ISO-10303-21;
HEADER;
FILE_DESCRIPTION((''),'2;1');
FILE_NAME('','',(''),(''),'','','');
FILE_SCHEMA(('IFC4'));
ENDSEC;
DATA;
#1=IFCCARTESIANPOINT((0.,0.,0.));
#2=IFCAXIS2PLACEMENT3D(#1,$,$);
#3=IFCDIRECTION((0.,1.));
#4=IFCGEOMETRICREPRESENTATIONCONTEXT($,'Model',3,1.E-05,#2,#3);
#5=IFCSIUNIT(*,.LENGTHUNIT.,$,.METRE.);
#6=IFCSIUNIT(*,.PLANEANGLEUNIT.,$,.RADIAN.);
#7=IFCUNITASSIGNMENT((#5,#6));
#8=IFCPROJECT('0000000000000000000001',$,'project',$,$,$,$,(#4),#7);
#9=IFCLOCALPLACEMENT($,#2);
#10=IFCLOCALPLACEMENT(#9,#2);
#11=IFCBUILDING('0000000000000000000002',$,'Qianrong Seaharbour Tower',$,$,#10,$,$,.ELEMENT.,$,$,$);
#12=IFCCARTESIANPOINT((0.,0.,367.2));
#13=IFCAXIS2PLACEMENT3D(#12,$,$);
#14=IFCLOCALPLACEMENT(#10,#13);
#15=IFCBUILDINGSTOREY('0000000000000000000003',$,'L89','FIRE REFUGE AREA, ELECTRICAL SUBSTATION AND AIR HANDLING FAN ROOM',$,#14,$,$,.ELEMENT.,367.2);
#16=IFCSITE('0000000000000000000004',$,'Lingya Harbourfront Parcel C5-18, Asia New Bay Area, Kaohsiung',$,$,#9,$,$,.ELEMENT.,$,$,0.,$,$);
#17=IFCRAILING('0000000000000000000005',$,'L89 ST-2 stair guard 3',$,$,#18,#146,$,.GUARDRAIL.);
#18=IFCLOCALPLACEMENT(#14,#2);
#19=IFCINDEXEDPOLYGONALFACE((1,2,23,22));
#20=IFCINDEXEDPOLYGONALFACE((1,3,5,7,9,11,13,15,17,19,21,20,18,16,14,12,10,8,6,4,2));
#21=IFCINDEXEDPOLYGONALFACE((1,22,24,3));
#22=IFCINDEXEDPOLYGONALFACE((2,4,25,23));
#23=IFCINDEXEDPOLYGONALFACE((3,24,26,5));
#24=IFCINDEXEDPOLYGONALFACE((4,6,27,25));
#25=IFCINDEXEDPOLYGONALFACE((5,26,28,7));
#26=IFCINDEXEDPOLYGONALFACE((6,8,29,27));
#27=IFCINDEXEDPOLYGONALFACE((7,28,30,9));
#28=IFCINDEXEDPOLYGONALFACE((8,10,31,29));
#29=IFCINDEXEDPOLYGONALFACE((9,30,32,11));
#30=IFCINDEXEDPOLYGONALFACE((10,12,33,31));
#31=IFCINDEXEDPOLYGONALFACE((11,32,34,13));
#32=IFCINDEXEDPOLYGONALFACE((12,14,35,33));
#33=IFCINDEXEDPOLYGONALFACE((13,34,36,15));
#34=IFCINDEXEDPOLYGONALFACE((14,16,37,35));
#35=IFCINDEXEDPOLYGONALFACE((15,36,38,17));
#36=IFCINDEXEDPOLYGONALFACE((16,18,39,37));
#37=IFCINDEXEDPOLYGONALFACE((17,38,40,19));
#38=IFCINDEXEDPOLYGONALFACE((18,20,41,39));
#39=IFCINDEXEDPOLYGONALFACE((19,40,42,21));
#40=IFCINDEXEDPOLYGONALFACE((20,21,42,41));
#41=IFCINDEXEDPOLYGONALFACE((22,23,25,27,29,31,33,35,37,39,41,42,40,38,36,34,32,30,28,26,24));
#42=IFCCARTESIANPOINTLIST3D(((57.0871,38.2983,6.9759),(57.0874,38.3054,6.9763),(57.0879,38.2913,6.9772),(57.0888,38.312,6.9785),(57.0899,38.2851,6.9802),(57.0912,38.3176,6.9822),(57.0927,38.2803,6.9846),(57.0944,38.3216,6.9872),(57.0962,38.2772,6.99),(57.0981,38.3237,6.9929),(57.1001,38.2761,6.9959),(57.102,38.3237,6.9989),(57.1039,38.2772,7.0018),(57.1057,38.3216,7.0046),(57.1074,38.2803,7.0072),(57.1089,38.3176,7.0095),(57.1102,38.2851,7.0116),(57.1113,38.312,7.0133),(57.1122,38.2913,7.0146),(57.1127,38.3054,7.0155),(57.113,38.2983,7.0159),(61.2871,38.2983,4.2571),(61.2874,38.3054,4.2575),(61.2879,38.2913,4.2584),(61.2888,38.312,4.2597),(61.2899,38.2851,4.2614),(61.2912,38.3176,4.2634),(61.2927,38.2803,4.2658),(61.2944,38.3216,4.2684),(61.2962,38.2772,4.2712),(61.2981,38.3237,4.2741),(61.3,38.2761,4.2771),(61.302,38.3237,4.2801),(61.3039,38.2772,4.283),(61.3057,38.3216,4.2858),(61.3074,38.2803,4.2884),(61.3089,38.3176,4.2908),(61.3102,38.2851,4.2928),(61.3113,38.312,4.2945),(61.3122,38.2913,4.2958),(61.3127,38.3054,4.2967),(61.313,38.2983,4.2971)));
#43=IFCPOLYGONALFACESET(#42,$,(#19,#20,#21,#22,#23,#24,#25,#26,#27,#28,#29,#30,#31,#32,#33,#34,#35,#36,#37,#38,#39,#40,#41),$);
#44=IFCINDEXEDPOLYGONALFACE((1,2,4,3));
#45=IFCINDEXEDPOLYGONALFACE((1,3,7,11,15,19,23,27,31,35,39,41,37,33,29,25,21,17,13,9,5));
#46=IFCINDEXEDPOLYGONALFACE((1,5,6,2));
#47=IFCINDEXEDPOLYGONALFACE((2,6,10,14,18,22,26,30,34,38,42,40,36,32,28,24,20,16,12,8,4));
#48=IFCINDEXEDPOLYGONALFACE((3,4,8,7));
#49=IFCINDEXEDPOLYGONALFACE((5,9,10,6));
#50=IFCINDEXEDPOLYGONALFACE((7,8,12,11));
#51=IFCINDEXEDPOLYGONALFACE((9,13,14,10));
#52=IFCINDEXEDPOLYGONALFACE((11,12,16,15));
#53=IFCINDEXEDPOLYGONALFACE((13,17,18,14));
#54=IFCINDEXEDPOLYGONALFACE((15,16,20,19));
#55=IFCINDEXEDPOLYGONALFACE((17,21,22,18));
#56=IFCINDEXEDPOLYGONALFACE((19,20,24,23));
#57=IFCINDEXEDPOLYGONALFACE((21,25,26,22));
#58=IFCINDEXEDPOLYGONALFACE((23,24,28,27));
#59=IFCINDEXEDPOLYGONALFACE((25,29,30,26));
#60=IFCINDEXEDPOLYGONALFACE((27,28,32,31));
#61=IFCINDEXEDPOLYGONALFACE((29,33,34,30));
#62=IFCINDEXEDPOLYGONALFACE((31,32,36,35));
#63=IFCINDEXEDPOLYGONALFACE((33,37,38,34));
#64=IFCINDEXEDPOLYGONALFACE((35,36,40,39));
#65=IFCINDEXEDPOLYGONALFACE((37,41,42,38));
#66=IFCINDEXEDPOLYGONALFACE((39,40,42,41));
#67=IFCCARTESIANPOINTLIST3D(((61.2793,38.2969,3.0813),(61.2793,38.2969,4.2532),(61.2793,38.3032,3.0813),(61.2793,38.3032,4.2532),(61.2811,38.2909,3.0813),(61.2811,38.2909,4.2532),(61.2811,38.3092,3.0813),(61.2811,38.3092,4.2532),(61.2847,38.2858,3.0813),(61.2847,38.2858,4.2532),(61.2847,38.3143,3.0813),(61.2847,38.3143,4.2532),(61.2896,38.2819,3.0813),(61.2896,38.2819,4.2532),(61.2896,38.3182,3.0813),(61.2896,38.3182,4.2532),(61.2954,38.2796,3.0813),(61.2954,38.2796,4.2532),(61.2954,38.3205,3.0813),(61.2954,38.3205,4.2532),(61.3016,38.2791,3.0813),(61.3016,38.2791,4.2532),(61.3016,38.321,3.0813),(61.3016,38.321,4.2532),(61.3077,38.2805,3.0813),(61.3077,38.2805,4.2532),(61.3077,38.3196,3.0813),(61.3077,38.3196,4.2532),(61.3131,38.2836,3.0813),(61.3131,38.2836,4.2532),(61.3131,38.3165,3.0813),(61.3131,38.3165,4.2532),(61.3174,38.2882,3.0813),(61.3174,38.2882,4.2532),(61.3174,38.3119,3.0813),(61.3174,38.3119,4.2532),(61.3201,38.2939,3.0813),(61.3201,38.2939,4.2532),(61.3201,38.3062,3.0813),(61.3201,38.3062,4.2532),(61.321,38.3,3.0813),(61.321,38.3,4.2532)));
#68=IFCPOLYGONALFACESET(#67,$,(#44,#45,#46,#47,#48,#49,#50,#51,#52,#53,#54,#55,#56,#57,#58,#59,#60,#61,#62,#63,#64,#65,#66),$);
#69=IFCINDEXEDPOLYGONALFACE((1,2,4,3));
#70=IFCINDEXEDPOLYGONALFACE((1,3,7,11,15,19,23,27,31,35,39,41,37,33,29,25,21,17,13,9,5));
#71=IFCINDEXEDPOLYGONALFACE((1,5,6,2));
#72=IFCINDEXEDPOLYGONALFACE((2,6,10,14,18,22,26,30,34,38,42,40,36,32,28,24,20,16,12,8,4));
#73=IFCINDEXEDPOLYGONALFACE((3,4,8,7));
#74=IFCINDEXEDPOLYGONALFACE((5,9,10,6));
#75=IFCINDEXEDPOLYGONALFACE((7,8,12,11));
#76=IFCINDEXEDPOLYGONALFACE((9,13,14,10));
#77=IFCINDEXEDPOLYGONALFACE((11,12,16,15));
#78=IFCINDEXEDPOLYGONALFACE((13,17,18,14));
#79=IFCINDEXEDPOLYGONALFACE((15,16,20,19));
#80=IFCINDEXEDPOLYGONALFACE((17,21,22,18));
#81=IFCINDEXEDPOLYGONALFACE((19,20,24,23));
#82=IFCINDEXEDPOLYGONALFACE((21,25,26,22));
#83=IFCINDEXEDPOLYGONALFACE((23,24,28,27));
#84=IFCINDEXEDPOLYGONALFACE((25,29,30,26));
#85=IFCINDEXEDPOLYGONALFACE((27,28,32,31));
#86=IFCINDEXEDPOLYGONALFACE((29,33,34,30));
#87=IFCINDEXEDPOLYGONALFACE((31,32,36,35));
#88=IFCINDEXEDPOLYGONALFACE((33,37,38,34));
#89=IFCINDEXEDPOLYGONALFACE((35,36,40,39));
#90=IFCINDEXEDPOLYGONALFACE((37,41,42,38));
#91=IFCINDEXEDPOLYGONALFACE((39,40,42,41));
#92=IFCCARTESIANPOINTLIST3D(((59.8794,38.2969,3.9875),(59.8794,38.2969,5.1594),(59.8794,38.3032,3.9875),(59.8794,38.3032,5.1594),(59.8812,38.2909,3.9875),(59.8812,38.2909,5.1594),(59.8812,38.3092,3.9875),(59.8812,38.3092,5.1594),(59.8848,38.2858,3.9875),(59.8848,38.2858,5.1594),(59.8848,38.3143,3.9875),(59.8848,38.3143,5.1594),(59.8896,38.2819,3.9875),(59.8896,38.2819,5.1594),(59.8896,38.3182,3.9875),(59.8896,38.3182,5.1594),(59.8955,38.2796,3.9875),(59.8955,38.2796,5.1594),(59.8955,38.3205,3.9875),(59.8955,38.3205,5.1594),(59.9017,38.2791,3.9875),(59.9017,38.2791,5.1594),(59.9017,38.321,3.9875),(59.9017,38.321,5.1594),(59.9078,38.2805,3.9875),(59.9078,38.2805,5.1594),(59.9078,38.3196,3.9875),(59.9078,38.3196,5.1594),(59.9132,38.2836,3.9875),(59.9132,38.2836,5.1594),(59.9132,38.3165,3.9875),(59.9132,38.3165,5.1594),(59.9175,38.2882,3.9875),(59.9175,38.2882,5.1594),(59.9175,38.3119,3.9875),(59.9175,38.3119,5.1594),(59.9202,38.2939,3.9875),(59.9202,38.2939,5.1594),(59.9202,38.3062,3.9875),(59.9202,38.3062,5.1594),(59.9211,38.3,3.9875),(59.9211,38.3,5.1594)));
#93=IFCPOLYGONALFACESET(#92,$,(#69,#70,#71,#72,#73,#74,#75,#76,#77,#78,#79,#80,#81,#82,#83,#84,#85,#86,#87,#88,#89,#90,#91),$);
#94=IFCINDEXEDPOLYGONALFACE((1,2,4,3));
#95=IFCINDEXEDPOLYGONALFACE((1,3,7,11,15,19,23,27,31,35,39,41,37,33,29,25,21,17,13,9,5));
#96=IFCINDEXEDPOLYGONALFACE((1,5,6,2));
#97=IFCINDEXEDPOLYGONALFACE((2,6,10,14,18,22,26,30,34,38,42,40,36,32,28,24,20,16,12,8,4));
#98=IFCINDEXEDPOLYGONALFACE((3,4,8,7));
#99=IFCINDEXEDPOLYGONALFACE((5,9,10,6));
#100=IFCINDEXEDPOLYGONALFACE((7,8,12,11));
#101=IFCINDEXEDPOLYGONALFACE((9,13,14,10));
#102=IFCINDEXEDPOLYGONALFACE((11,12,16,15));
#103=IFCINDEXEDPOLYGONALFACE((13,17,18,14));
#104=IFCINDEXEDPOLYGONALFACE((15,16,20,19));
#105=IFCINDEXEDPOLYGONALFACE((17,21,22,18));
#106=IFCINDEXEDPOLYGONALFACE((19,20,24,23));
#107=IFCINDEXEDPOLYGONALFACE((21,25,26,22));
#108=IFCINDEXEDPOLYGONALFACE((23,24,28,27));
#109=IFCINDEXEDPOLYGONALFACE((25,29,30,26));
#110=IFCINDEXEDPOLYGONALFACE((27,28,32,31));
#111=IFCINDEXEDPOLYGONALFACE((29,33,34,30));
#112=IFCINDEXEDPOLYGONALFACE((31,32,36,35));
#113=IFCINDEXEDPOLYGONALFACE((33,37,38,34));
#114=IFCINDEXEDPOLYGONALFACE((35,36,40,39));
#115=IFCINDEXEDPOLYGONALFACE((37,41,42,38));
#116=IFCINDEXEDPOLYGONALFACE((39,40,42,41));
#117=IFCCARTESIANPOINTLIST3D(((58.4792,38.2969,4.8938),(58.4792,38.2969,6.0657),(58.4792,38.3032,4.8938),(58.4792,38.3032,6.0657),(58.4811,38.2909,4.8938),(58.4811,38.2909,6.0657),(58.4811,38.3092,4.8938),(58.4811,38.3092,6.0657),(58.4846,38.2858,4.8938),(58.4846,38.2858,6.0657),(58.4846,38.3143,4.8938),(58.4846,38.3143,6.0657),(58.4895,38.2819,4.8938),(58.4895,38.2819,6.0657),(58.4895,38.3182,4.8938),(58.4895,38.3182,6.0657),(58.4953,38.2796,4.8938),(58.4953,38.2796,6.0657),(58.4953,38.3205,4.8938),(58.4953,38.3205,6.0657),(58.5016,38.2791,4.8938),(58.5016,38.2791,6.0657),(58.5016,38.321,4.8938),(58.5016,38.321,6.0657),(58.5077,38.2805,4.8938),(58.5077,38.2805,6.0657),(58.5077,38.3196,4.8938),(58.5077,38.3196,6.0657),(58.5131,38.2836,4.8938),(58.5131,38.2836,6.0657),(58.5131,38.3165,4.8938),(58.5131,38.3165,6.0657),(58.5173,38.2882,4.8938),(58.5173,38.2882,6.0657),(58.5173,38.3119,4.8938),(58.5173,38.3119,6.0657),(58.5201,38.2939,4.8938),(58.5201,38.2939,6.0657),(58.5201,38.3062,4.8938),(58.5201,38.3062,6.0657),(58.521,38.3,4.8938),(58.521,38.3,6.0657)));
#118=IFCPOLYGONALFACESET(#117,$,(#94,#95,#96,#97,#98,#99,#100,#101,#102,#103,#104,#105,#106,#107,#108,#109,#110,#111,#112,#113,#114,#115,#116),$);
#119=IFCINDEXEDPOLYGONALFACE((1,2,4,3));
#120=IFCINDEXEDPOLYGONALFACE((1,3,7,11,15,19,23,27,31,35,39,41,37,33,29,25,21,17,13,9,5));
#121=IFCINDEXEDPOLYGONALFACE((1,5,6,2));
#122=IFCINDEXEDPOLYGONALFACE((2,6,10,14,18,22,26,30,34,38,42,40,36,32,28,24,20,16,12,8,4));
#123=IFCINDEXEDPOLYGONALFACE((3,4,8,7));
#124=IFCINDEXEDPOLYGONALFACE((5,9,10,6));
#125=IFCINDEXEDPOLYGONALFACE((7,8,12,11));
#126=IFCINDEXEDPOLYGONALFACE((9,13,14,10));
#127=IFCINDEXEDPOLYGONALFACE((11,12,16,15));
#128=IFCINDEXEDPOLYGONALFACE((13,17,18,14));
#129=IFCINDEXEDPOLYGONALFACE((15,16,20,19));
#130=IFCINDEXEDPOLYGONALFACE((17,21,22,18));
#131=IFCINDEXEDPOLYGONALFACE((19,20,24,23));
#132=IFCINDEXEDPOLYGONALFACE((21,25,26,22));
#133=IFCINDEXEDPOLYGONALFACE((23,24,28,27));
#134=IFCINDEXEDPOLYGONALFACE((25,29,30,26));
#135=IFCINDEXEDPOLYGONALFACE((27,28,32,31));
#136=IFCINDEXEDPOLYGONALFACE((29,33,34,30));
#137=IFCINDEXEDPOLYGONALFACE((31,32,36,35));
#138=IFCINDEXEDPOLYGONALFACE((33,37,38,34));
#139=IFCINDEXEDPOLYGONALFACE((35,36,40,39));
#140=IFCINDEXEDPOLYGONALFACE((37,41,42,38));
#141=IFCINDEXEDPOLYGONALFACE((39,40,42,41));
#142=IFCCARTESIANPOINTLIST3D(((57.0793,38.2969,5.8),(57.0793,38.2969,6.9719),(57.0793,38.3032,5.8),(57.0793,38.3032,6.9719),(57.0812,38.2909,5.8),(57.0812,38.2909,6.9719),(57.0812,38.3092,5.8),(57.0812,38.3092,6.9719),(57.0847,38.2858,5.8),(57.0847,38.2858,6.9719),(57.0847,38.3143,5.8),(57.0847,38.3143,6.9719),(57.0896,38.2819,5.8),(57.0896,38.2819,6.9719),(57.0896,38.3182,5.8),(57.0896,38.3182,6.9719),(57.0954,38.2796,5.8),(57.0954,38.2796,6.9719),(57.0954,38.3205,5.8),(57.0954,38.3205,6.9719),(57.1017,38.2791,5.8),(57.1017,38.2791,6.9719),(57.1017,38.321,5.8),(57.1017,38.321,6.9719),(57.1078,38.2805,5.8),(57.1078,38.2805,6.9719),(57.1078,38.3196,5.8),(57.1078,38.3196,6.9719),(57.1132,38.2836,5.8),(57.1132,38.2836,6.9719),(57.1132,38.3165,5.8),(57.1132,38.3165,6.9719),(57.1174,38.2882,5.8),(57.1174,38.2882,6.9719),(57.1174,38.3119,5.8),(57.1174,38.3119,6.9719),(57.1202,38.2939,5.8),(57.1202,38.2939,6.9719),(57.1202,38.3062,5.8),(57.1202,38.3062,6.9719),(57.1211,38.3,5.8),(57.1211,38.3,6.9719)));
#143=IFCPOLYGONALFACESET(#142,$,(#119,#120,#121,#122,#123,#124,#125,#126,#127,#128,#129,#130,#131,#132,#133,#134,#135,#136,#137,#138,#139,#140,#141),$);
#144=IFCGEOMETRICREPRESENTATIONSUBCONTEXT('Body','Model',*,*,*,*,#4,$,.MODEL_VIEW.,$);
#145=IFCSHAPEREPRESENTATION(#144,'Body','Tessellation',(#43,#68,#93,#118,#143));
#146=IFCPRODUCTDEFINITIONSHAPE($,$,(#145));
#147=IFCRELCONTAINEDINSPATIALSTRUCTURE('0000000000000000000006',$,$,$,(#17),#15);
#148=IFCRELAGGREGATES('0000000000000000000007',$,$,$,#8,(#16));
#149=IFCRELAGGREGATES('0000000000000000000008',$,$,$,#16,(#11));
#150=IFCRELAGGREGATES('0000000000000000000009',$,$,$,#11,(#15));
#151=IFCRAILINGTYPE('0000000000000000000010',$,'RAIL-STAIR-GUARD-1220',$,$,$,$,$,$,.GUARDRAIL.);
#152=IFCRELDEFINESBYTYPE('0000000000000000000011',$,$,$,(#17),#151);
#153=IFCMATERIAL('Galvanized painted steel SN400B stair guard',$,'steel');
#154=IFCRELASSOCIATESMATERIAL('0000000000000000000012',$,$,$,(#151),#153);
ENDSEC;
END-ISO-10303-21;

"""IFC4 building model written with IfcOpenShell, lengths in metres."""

from ifc_helpers import new_model, si_unit, direction, frame, origin, origin_2d, place, context, subcontext, project, spatial, circle, extrude, material, type_object, element, save


model = new_model("IFC4")

# Units and contexts
model_context = context("Model", 3, precision=1e-05, world=origin(), true_north=direction((0.0, 1.0)))
body_context = subcontext(model_context, "Body", "Model", "MODEL_VIEW")
ifc_project = project(units=[si_unit("LENGTHUNIT", "METRE"), si_unit("PLANEANGLEUNIT", "RADIAN")], contexts=[model_context])

# Site, building, storey
site_placement = place(None, origin())
site = spatial("IfcSite", under=ifc_project, at=site_placement, Name="Lingya Harbourfront Parcel C5-18, Asia New Bay Area, Kaohsiung", CompositionType="ELEMENT", RefElevation=0.0)
building_placement = place(site_placement, origin())
building = spatial("IfcBuilding", under=site, at=building_placement, Name="Qianrong Seaharbour Tower", CompositionType="ELEMENT")
storey_placement = place(building_placement, frame((0.0, 0.0, 367.2)))
storey = spatial("IfcBuildingStorey", under=building, at=storey_placement, Name="L89", Description="FIRE REFUGE AREA, ELECTRICAL SUBSTATION AND AIR HANDLING FAN ROOM", CompositionType="ELEMENT", Elevation=367.2)

# Railing
ifc_material_1 = material(Name="Galvanized painted steel SN400B stair guard", Category="steel")
railing_type_1 = type_object("IfcRailingType", Name="RAIL-STAIR-GUARD-1220", PredefinedType="GUARDRAIL", material=ifc_material_1)
railing_1_placement = place(storey_placement, frame((61.3, 38.3, 3.0813)))
element("IfcRailing", 1, at=railing_1_placement, inside=storey, type_object=railing_type_1, Name="L89 ST-2 stair guard 3", PredefinedType="GUARDRAIL", context=body_context, shape_type="SweptSolid", body=[
    extrude(circle(Radius=0.0239, at=origin_2d()), frame((0.0, 0.0, 1.1958), z_axis=(-0.839467, 0.0, 0.543411), x_axis=(0.0, -1.0, 0.0)), (0.0, 0.0, 1.0), 5.0032),
    extrude(circle(Radius=0.021, at=origin_2d()), origin(), (0.0, 0.0, 1.0), 1.1719),
    extrude(circle(Radius=0.021, at=origin_2d()), frame((-1.3999, 0.0, 0.9062)), (0.0, 0.0, 1.0), 1.1719),
    extrude(circle(Radius=0.021, at=origin_2d()), frame((-2.8, 0.0, 1.8125)), (0.0, 0.0, 1.0), 1.1719),
    extrude(circle(Radius=0.021, at=origin_2d()), frame((-4.2, 0.0, 2.7188)), (0.0, 0.0, 1.0), 1.1719),
])

save(model, "model.ifc")
